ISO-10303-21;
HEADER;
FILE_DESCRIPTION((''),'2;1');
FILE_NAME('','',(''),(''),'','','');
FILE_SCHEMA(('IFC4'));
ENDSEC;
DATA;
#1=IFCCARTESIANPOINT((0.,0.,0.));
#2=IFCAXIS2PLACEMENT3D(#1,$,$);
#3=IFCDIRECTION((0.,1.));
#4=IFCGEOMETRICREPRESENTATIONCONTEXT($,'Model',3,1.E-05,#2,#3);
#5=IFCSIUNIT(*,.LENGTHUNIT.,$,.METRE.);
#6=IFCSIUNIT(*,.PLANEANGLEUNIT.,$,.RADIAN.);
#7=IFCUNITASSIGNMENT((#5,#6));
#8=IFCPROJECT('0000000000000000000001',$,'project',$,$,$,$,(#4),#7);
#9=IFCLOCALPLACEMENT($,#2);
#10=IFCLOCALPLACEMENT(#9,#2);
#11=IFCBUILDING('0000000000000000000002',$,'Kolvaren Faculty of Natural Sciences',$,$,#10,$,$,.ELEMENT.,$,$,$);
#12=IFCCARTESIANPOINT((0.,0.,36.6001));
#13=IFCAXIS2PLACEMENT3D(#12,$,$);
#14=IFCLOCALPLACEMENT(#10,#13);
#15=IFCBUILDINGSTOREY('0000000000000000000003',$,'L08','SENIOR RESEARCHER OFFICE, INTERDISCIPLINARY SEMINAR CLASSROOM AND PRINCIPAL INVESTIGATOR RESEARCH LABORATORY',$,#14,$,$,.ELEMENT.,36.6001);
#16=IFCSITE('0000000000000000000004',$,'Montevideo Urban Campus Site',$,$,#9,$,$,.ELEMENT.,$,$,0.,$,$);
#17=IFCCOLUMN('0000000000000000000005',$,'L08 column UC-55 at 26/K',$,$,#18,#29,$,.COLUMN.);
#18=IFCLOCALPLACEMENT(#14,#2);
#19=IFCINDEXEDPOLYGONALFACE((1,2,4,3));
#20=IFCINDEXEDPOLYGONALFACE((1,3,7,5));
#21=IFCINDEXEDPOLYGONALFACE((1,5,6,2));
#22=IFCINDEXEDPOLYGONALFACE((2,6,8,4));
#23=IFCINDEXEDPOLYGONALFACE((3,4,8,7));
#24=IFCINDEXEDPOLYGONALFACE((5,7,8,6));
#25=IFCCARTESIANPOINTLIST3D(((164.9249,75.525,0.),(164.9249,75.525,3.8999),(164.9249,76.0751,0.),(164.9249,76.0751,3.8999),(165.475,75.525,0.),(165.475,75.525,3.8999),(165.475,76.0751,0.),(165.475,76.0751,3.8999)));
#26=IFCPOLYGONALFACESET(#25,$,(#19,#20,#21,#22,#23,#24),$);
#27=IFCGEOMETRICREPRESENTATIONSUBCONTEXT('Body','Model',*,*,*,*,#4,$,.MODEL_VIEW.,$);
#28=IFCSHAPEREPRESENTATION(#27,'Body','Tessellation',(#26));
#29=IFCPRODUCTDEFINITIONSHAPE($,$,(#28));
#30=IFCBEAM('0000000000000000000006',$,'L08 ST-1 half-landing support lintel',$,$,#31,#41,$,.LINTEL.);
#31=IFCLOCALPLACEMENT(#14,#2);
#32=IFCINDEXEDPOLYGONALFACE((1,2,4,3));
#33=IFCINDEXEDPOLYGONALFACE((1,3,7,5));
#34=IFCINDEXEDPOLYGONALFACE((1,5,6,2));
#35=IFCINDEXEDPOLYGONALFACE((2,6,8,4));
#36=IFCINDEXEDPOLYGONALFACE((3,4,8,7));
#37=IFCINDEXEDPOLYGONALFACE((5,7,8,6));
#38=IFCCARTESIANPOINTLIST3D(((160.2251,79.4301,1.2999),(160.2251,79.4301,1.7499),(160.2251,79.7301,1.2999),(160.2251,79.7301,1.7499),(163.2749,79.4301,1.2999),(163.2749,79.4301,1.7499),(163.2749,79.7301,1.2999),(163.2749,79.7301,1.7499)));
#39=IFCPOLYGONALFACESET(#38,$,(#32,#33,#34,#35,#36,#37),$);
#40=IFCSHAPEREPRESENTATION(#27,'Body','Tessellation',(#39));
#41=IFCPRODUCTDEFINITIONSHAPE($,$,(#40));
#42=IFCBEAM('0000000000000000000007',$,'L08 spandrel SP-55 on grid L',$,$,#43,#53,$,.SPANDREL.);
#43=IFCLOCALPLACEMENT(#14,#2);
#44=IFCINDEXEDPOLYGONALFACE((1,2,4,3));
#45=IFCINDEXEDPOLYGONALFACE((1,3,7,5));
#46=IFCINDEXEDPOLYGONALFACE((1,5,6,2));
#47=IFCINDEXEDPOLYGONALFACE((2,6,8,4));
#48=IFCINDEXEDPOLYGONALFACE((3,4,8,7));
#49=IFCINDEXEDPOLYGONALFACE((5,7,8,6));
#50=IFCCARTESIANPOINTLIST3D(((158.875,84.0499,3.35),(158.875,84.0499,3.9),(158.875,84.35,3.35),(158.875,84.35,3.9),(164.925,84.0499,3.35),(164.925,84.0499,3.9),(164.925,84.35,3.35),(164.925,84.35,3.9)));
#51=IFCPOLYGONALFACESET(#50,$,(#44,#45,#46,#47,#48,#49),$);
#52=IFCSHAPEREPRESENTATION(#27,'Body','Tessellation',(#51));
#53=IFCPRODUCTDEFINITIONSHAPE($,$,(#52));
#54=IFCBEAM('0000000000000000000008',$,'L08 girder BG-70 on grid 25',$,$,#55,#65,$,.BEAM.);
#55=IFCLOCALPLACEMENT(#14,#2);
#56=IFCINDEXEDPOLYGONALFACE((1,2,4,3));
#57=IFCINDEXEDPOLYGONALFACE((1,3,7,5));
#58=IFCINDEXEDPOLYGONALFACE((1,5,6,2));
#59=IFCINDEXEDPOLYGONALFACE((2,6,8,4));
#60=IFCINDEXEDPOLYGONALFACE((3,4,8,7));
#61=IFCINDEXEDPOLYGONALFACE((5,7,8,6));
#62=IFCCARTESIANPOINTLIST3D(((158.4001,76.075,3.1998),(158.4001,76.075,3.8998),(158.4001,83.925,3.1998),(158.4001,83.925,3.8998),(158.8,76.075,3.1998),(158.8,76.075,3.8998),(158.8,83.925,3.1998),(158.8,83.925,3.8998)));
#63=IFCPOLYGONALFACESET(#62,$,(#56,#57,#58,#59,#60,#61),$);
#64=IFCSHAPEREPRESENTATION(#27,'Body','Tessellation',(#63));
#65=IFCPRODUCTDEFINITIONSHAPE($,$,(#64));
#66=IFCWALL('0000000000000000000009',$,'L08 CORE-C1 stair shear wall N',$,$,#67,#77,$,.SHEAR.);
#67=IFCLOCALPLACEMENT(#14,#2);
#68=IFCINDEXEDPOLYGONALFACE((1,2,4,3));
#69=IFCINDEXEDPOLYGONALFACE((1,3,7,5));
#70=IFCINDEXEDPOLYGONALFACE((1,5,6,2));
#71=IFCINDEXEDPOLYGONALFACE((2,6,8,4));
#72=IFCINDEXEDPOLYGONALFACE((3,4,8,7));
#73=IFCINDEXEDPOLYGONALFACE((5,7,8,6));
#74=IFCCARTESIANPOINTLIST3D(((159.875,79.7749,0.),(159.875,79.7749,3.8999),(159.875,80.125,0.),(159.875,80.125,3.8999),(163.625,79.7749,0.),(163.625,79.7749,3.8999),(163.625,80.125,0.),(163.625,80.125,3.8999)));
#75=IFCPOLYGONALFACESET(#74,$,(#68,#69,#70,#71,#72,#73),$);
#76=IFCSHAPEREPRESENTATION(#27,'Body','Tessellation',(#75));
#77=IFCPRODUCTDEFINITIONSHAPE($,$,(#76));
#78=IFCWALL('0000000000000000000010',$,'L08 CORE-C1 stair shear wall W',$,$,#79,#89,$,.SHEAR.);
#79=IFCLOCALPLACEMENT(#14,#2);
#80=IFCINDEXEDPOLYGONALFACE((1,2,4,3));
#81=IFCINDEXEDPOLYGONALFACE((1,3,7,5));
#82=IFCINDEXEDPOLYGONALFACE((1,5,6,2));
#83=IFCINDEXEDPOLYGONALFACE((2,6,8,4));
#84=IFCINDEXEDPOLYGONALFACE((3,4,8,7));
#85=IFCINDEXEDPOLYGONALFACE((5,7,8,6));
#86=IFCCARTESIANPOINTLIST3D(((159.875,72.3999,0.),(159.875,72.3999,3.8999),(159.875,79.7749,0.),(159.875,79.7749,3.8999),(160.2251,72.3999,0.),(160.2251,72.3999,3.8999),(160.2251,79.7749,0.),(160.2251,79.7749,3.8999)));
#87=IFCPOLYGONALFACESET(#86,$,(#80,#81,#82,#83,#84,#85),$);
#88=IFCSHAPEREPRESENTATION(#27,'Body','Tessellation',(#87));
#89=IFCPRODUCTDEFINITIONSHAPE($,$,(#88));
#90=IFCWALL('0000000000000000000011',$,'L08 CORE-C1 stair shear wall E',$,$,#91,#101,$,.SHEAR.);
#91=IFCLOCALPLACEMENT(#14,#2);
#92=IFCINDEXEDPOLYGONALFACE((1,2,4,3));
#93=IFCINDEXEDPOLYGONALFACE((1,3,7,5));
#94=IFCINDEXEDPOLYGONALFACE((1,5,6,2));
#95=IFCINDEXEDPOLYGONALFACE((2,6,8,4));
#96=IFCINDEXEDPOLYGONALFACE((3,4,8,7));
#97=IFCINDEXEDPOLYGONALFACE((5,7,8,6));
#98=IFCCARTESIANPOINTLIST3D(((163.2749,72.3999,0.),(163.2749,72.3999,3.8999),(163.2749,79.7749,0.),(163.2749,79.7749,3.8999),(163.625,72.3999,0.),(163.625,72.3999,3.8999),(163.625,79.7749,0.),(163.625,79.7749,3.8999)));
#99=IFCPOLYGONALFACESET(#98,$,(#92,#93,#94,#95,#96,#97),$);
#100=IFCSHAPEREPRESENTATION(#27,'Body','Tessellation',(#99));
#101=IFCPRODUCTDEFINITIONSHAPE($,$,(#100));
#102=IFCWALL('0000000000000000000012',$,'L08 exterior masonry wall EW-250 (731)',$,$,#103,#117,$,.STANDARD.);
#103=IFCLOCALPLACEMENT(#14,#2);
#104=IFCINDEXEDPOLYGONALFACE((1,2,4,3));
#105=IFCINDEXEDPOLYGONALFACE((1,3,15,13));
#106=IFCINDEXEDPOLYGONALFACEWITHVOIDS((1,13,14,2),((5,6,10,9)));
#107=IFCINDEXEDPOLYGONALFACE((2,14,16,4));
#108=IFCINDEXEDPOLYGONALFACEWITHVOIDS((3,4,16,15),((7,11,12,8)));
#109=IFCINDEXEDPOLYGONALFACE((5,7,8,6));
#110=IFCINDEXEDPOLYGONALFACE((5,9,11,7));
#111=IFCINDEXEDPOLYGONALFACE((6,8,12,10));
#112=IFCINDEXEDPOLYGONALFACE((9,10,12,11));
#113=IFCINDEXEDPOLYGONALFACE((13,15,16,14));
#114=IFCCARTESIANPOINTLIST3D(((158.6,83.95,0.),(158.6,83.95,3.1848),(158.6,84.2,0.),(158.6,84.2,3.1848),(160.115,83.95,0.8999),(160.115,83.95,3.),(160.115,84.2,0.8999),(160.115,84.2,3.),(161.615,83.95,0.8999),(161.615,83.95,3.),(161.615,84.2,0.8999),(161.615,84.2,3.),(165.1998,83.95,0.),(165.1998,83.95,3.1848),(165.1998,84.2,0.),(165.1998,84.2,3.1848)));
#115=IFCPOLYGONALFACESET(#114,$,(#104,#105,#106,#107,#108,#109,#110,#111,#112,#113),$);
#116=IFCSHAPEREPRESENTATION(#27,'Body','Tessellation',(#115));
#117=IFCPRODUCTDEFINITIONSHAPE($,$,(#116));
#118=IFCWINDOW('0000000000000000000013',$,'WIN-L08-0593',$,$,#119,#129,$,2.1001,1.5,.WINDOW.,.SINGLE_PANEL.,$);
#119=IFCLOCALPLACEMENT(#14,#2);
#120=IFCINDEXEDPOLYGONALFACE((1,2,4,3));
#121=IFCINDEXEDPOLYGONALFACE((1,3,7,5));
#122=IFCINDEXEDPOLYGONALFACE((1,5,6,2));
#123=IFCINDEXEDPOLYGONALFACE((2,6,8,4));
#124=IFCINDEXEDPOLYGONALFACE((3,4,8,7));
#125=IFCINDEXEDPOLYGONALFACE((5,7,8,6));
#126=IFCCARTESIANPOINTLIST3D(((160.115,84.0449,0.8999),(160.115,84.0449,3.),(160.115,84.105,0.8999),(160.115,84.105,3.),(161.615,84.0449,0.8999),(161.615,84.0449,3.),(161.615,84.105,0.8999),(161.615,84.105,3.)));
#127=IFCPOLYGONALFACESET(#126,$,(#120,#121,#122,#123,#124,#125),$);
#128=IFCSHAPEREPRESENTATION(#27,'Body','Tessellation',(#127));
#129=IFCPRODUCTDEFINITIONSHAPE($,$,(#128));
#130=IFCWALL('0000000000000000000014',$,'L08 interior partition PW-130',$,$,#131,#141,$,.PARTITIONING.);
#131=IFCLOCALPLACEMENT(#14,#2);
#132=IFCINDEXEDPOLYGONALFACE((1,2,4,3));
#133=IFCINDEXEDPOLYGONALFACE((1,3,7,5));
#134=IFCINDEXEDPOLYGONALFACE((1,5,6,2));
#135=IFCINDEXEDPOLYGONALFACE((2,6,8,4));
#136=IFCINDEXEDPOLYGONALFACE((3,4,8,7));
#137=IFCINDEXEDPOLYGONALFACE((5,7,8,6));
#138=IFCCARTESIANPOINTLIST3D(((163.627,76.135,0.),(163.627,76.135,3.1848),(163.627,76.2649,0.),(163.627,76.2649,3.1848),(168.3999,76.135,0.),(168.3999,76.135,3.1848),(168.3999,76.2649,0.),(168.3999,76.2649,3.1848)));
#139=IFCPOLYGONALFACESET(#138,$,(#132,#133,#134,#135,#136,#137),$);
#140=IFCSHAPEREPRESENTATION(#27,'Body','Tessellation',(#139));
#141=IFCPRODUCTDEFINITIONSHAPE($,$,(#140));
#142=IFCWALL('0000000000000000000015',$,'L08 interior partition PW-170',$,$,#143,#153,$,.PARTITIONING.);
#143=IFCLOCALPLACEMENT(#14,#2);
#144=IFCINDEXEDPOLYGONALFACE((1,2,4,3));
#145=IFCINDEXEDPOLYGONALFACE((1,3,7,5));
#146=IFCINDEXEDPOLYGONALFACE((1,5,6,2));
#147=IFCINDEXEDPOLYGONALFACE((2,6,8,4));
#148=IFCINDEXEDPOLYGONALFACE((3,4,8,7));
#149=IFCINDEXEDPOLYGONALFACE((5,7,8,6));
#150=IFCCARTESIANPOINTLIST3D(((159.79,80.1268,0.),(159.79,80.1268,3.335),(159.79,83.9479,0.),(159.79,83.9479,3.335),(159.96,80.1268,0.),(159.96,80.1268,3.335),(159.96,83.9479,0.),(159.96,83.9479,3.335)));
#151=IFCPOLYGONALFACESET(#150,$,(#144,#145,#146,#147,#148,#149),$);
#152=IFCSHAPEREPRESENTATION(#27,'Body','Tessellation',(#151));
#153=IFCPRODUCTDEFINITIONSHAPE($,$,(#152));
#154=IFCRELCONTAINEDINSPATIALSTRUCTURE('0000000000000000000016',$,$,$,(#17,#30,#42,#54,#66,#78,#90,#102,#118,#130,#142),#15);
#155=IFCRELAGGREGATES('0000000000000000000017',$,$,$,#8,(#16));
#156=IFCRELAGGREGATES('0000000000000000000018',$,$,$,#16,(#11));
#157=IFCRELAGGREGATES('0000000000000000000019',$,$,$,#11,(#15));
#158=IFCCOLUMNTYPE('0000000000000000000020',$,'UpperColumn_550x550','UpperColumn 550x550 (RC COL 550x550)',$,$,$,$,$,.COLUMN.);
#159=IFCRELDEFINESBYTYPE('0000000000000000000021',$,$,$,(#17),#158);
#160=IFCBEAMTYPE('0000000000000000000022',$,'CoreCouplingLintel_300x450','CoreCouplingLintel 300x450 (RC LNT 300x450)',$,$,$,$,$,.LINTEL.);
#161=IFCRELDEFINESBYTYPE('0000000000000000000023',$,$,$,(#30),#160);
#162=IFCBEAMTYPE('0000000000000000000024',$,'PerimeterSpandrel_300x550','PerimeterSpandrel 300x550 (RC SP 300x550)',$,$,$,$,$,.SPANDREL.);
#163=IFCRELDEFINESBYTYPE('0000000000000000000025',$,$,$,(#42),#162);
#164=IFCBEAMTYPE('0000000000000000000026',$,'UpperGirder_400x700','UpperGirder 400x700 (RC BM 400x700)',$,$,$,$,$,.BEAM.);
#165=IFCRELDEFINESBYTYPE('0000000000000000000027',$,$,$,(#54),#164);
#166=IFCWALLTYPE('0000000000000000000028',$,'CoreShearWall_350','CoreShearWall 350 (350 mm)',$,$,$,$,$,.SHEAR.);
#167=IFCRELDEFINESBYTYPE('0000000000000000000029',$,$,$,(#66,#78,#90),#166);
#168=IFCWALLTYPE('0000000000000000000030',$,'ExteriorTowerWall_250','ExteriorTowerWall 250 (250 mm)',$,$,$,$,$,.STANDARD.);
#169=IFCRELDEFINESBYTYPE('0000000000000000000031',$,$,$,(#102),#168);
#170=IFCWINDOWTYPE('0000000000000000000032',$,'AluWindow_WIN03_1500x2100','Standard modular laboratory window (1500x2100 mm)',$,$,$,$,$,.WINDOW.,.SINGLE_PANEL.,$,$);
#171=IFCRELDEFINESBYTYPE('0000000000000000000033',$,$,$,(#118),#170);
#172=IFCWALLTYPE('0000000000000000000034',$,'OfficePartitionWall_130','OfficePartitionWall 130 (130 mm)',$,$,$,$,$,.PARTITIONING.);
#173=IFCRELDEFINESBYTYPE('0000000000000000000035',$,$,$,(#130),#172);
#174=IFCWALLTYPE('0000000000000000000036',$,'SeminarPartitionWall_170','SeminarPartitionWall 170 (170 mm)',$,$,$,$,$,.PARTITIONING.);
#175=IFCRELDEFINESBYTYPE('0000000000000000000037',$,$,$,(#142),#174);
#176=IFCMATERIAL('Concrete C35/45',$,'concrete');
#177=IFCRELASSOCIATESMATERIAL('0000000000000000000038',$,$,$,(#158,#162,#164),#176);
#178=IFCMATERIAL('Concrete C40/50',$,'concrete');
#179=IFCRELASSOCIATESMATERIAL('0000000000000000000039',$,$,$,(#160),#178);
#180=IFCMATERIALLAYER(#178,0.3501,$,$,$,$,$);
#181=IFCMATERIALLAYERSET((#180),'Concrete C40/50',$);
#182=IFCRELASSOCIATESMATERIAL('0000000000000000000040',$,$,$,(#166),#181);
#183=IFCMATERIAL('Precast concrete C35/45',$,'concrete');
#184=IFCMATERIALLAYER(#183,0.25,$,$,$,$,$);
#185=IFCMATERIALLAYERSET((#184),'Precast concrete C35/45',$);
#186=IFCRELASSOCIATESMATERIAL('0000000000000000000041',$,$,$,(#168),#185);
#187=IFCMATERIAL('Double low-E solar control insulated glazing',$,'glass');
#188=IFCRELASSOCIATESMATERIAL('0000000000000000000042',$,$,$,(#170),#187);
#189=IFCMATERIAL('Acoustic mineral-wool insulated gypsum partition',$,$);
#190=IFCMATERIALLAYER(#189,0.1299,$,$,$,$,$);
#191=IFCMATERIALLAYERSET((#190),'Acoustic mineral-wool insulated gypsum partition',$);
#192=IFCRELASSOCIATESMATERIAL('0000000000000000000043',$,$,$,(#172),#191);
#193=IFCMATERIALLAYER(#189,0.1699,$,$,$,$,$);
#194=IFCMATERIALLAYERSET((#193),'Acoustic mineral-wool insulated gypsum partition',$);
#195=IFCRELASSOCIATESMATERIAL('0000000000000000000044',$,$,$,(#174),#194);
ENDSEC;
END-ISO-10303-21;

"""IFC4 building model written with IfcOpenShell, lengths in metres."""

from ifc_helpers import new_model, si_unit, direction, frame, frame_2d, origin, origin_2d, place, context, subcontext, project, spatial, rectangle, extrude, material, layer, layer_set, material_profile, profile_set, type_object, element, fill, save


model = new_model("IFC4")

# Units and contexts
model_context = context("Model", 3, precision=1e-05, world=origin(), true_north=direction((0.0, 1.0)))
body_context = subcontext(model_context, "Body", "Model", "MODEL_VIEW")
ifc_project = project(units=[si_unit("LENGTHUNIT", "METRE"), si_unit("PLANEANGLEUNIT", "RADIAN")], contexts=[model_context])

# Site, building, storey
site_placement = place(None, origin())
site = spatial("IfcSite", under=ifc_project, at=site_placement, Name="Montevideo Urban Campus Site", CompositionType="ELEMENT", RefElevation=0.0)
building_placement = place(site_placement, origin())
building = spatial("IfcBuilding", under=site, at=building_placement, Name="Kolvaren Faculty of Natural Sciences", CompositionType="ELEMENT")
storey_placement = place(building_placement, frame((0.0, 0.0, 36.6001)))
storey = spatial("IfcBuildingStorey", under=building, at=storey_placement, Name="L08", Description="SENIOR RESEARCHER OFFICE, INTERDISCIPLINARY SEMINAR CLASSROOM AND PRINCIPAL INVESTIGATOR RESEARCH LABORATORY", CompositionType="ELEMENT", Elevation=36.6001)

# Column
ifc_material_1 = material(Name="Concrete C35/45", Category="concrete")
ifc_material_profile_1 = material_profile(ifc_material_1, rectangle(XDim=0.55, YDim=0.55, at=origin_2d()), Name="RC COL 550x550")
ifc_profile_set_1 = profile_set([ifc_material_profile_1], Name="Concrete C35/45")
column_type = type_object("IfcColumnType", Name="UpperColumn_550x550", Description="UpperColumn 550x550 (RC COL 550x550)", PredefinedType="COLUMN", material=ifc_profile_set_1)
column_placement = place(storey_placement, frame((165.2, 75.8, 0.0), z_axis=(0.0, 0.0, 1.0), x_axis=(1.0, 0.0, 0.0)))
element("IfcColumn", 1, at=column_placement, inside=storey, type_object=column_type, Name="L08 column UC-55 at 26/K", PredefinedType="COLUMN", context=body_context, shape_type="SweptSolid", body=[
    extrude(rectangle(XDim=0.55, YDim=0.55, at=origin_2d()), origin(), (0.0, 0.0, 1.0), 3.8999),
])

# Beams
ifc_material_2 = material(Name="Concrete C40/50", Category="concrete")
ifc_material_profile_2 = material_profile(ifc_material_2, rectangle(XDim=0.3, YDim=0.45, at=origin_2d()), Name="RC LNT 300x450")
ifc_profile_set_2 = profile_set([ifc_material_profile_2], Name="Concrete C40/50")
beam_type_1 = type_object("IfcBeamType", Name="CoreCouplingLintel_300x450", Description="CoreCouplingLintel 300x450 (RC LNT 300x450)", PredefinedType="LINTEL", material=ifc_profile_set_2)
beam_1_placement = place(storey_placement, frame((160.2251, 79.5801, 1.5249), z_axis=(1.0, 0.0, 0.0), x_axis=(0.0, 1.0, 0.0)))
element("IfcBeam", 2, at=beam_1_placement, inside=storey, type_object=beam_type_1, Name="L08 ST-1 half-landing support lintel", PredefinedType="LINTEL", context=body_context, shape_type="SweptSolid", body=[
    extrude(rectangle(XDim=0.3, YDim=0.45, at=origin_2d()), origin(), (0.0, 0.0, 1.0), 3.0498),
])
ifc_material_profile_3 = material_profile(ifc_material_1, rectangle(XDim=0.3, YDim=0.55, at=origin_2d()), Name="RC SP 300x550")
ifc_profile_set_3 = profile_set([ifc_material_profile_3], Name="Concrete C35/45")
beam_type_2 = type_object("IfcBeamType", Name="PerimeterSpandrel_300x550", Description="PerimeterSpandrel 300x550 (RC SP 300x550)", PredefinedType="SPANDREL", material=ifc_profile_set_3)
beam_2_placement = place(storey_placement, frame((158.875, 84.2, 3.625), z_axis=(1.0, 0.0, 0.0), x_axis=(0.0, 1.0, 0.0)))
element("IfcBeam", 3, at=beam_2_placement, inside=storey, type_object=beam_type_2, Name="L08 spandrel SP-55 on grid L", PredefinedType="SPANDREL", context=body_context, shape_type="SweptSolid", body=[
    extrude(rectangle(XDim=0.3, YDim=0.55, at=origin_2d()), origin(), (0.0, 0.0, 1.0), 6.05),
])
ifc_material_profile_4 = material_profile(ifc_material_1, rectangle(XDim=0.3999, YDim=0.7, at=origin_2d()), Name="RC BM 400x700")
ifc_profile_set_4 = profile_set([ifc_material_profile_4], Name="Concrete C35/45")
beam_type_3 = type_object("IfcBeamType", Name="UpperGirder_400x700", Description="UpperGirder 400x700 (RC BM 400x700)", PredefinedType="BEAM", material=ifc_profile_set_4)
beam_3_placement = place(storey_placement, frame((158.6001, 76.075, 3.5498), z_axis=(0.0, 1.0, 0.0), x_axis=(-1.0, 0.0, 0.0)))
element("IfcBeam", 4, at=beam_3_placement, inside=storey, type_object=beam_type_3, Name="L08 girder BG-70 on grid 25", PredefinedType="BEAM", context=body_context, shape_type="SweptSolid", body=[
    extrude(rectangle(XDim=0.3999, YDim=0.7, at=origin_2d()), origin(), (0.0, 0.0, 1.0), 7.8501),
])

# Shared definitions
ifc_layer_1 = layer(ifc_material_2, 0.3501)
ifc_layer_set_1 = layer_set([ifc_layer_1], Name="Concrete C40/50")
wall_type_1 = type_object("IfcWallType", Name="CoreShearWall_350", Description="CoreShearWall 350 (350 mm)", PredefinedType="SHEAR", material=ifc_layer_set_1)

# Walls
wall_1_placement = place(storey_placement, frame((159.875, 79.95, 0.0), z_axis=(0.0, 0.0, 1.0), x_axis=(1.0, 0.0, 0.0)))
element("IfcWall", 5, at=wall_1_placement, inside=storey, type_object=wall_type_1, Name="L08 CORE-C1 stair shear wall N", PredefinedType="SHEAR", context=body_context, shape_type="SweptSolid", body=[
    extrude(rectangle(XDim=3.75, YDim=0.3501, at=frame_2d((1.875, 0.0))), origin(), (0.0, 0.0, 1.0), 3.8999),
])
for number, where, z_axis, x_axis, name in (
    (6, (160.05, 72.3999, 0.0), (0.0, 0.0, 1.0), (0.0, 1.0, 0.0), "L08 CORE-C1 stair shear wall W"),
    (7, (163.45, 72.3999, 0.0), (0.0, 0.0, 1.0), (0.0, 1.0, 0.0), "L08 CORE-C1 stair shear wall E"),
):
    element("IfcWall", number, at=place(storey_placement, frame(where, z_axis=z_axis, x_axis=x_axis)), inside=storey, type_object=wall_type_1, Name=name, PredefinedType="SHEAR", context=body_context, shape_type="SweptSolid", body=[
        extrude(rectangle(XDim=7.375, YDim=0.3501, at=frame_2d((3.6875, 0.0))), origin(), (0.0, 0.0, 1.0), 3.8999),
    ])

# Wall, opening, window
ifc_material_3 = material(Name="Precast concrete C35/45", Category="concrete")
ifc_layer_2 = layer(ifc_material_3, 0.25)
ifc_layer_set_2 = layer_set([ifc_layer_2], Name="Precast concrete C35/45")
wall_type_2 = type_object("IfcWallType", Name="ExteriorTowerWall_250", Description="ExteriorTowerWall 250 (250 mm)", PredefinedType="STANDARD", material=ifc_layer_set_2)
wall_2_placement = place(storey_placement, frame((158.6001, 84.075, 0.0), z_axis=(0.0, 0.0, 1.0), x_axis=(1.0, 0.0, 0.0)))
wall_2 = element("IfcWall", 8, at=wall_2_placement, inside=storey, type_object=wall_type_2, Name="L08 exterior masonry wall EW-250 (731)", PredefinedType="STANDARD", context=body_context, shape_type="SweptSolid", body=[
    extrude(rectangle(XDim=6.5999, YDim=0.25, at=frame_2d((3.2998, 0.0))), origin(), (0.0, 0.0, 1.0), 3.1848),
])
opening_1_placement = place(wall_2_placement, frame((1.5149, 0.0, 0.8999)))
opening_1 = element("IfcOpeningElement", 9, at=opening_1_placement, cuts=wall_2, PredefinedType="OPENING", context=body_context, shape_type="SweptSolid", body=[
    extrude(rectangle(XDim=1.5, YDim=2.1001, at=frame_2d((0.75, 1.05))), frame((0.0, 0.135, 0.0), z_axis=(0.0, -1.0, 0.0), x_axis=(1.0, 0.0, 0.0)), (0.0, 0.0, 1.0), 0.27),
])
ifc_material_4 = material(Name="Double low-E solar control insulated glazing", Category="glass")
window_type = type_object("IfcWindowType", Name="AluWindow_WIN03_1500x2100", Description="Standard modular laboratory window (1500x2100 mm)", PartitioningType="SINGLE_PANEL", PredefinedType="WINDOW", material=ifc_material_4)
window_placement = place(opening_1_placement, origin())
window = element("IfcWindow", 10, at=window_placement, inside=storey, type_object=window_type, Name="WIN-L08-0593", OverallHeight=2.1001, OverallWidth=1.5, PartitioningType="SINGLE_PANEL", PredefinedType="WINDOW", context=body_context, shape_type="SweptSolid", body=[
    extrude(rectangle(XDim=1.5, YDim=2.1001, at=frame_2d((0.75, 1.05))), frame((0.0, 0.03, 0.0), z_axis=(0.0, -1.0, 0.0), x_axis=(1.0, 0.0, 0.0)), (0.0, 0.0, 1.0), 0.0601),
])
fill(opening_1, window)

# Walls
ifc_material_5 = material(Name="Acoustic mineral-wool insulated gypsum partition")
ifc_layer_3 = layer(ifc_material_5, 0.1299)
ifc_layer_set_3 = layer_set([ifc_layer_3], Name="Acoustic mineral-wool insulated gypsum partition")
wall_type_3 = type_object("IfcWallType", Name="OfficePartitionWall_130", Description="OfficePartitionWall 130 (130 mm)", PredefinedType="PARTITIONING", material=ifc_layer_set_3)
wall_3_placement = place(storey_placement, frame((163.627, 76.2, 0.0), z_axis=(0.0, 0.0, 1.0), x_axis=(1.0, 0.0, 0.0)))
element("IfcWall", 11, at=wall_3_placement, inside=storey, type_object=wall_type_3, Name="L08 interior partition PW-130", PredefinedType="PARTITIONING", context=body_context, shape_type="SweptSolid", body=[
    extrude(rectangle(XDim=4.7729, YDim=0.1299, at=frame_2d((2.3865, 0.0))), origin(), (0.0, 0.0, 1.0), 3.1848),
])
ifc_layer_4 = layer(ifc_material_5, 0.1699)
ifc_layer_set_4 = layer_set([ifc_layer_4], Name="Acoustic mineral-wool insulated gypsum partition")
wall_type_4 = type_object("IfcWallType", Name="SeminarPartitionWall_170", Description="SeminarPartitionWall 170 (170 mm)", PredefinedType="PARTITIONING", material=ifc_layer_set_4)
wall_4_placement = place(storey_placement, frame((159.875, 83.948, 0.0), z_axis=(0.0, 0.0, 1.0), x_axis=(0.0, -1.0, 0.0)))
element("IfcWall", 12, at=wall_4_placement, inside=storey, type_object=wall_type_4, Name="L08 interior partition PW-170", PredefinedType="PARTITIONING", context=body_context, shape_type="SweptSolid", body=[
    extrude(rectangle(XDim=3.821, YDim=0.1699, at=frame_2d((1.9106, 0.0))), origin(), (0.0, 0.0, 1.0), 3.335),
])

save(model, "model.ifc")
